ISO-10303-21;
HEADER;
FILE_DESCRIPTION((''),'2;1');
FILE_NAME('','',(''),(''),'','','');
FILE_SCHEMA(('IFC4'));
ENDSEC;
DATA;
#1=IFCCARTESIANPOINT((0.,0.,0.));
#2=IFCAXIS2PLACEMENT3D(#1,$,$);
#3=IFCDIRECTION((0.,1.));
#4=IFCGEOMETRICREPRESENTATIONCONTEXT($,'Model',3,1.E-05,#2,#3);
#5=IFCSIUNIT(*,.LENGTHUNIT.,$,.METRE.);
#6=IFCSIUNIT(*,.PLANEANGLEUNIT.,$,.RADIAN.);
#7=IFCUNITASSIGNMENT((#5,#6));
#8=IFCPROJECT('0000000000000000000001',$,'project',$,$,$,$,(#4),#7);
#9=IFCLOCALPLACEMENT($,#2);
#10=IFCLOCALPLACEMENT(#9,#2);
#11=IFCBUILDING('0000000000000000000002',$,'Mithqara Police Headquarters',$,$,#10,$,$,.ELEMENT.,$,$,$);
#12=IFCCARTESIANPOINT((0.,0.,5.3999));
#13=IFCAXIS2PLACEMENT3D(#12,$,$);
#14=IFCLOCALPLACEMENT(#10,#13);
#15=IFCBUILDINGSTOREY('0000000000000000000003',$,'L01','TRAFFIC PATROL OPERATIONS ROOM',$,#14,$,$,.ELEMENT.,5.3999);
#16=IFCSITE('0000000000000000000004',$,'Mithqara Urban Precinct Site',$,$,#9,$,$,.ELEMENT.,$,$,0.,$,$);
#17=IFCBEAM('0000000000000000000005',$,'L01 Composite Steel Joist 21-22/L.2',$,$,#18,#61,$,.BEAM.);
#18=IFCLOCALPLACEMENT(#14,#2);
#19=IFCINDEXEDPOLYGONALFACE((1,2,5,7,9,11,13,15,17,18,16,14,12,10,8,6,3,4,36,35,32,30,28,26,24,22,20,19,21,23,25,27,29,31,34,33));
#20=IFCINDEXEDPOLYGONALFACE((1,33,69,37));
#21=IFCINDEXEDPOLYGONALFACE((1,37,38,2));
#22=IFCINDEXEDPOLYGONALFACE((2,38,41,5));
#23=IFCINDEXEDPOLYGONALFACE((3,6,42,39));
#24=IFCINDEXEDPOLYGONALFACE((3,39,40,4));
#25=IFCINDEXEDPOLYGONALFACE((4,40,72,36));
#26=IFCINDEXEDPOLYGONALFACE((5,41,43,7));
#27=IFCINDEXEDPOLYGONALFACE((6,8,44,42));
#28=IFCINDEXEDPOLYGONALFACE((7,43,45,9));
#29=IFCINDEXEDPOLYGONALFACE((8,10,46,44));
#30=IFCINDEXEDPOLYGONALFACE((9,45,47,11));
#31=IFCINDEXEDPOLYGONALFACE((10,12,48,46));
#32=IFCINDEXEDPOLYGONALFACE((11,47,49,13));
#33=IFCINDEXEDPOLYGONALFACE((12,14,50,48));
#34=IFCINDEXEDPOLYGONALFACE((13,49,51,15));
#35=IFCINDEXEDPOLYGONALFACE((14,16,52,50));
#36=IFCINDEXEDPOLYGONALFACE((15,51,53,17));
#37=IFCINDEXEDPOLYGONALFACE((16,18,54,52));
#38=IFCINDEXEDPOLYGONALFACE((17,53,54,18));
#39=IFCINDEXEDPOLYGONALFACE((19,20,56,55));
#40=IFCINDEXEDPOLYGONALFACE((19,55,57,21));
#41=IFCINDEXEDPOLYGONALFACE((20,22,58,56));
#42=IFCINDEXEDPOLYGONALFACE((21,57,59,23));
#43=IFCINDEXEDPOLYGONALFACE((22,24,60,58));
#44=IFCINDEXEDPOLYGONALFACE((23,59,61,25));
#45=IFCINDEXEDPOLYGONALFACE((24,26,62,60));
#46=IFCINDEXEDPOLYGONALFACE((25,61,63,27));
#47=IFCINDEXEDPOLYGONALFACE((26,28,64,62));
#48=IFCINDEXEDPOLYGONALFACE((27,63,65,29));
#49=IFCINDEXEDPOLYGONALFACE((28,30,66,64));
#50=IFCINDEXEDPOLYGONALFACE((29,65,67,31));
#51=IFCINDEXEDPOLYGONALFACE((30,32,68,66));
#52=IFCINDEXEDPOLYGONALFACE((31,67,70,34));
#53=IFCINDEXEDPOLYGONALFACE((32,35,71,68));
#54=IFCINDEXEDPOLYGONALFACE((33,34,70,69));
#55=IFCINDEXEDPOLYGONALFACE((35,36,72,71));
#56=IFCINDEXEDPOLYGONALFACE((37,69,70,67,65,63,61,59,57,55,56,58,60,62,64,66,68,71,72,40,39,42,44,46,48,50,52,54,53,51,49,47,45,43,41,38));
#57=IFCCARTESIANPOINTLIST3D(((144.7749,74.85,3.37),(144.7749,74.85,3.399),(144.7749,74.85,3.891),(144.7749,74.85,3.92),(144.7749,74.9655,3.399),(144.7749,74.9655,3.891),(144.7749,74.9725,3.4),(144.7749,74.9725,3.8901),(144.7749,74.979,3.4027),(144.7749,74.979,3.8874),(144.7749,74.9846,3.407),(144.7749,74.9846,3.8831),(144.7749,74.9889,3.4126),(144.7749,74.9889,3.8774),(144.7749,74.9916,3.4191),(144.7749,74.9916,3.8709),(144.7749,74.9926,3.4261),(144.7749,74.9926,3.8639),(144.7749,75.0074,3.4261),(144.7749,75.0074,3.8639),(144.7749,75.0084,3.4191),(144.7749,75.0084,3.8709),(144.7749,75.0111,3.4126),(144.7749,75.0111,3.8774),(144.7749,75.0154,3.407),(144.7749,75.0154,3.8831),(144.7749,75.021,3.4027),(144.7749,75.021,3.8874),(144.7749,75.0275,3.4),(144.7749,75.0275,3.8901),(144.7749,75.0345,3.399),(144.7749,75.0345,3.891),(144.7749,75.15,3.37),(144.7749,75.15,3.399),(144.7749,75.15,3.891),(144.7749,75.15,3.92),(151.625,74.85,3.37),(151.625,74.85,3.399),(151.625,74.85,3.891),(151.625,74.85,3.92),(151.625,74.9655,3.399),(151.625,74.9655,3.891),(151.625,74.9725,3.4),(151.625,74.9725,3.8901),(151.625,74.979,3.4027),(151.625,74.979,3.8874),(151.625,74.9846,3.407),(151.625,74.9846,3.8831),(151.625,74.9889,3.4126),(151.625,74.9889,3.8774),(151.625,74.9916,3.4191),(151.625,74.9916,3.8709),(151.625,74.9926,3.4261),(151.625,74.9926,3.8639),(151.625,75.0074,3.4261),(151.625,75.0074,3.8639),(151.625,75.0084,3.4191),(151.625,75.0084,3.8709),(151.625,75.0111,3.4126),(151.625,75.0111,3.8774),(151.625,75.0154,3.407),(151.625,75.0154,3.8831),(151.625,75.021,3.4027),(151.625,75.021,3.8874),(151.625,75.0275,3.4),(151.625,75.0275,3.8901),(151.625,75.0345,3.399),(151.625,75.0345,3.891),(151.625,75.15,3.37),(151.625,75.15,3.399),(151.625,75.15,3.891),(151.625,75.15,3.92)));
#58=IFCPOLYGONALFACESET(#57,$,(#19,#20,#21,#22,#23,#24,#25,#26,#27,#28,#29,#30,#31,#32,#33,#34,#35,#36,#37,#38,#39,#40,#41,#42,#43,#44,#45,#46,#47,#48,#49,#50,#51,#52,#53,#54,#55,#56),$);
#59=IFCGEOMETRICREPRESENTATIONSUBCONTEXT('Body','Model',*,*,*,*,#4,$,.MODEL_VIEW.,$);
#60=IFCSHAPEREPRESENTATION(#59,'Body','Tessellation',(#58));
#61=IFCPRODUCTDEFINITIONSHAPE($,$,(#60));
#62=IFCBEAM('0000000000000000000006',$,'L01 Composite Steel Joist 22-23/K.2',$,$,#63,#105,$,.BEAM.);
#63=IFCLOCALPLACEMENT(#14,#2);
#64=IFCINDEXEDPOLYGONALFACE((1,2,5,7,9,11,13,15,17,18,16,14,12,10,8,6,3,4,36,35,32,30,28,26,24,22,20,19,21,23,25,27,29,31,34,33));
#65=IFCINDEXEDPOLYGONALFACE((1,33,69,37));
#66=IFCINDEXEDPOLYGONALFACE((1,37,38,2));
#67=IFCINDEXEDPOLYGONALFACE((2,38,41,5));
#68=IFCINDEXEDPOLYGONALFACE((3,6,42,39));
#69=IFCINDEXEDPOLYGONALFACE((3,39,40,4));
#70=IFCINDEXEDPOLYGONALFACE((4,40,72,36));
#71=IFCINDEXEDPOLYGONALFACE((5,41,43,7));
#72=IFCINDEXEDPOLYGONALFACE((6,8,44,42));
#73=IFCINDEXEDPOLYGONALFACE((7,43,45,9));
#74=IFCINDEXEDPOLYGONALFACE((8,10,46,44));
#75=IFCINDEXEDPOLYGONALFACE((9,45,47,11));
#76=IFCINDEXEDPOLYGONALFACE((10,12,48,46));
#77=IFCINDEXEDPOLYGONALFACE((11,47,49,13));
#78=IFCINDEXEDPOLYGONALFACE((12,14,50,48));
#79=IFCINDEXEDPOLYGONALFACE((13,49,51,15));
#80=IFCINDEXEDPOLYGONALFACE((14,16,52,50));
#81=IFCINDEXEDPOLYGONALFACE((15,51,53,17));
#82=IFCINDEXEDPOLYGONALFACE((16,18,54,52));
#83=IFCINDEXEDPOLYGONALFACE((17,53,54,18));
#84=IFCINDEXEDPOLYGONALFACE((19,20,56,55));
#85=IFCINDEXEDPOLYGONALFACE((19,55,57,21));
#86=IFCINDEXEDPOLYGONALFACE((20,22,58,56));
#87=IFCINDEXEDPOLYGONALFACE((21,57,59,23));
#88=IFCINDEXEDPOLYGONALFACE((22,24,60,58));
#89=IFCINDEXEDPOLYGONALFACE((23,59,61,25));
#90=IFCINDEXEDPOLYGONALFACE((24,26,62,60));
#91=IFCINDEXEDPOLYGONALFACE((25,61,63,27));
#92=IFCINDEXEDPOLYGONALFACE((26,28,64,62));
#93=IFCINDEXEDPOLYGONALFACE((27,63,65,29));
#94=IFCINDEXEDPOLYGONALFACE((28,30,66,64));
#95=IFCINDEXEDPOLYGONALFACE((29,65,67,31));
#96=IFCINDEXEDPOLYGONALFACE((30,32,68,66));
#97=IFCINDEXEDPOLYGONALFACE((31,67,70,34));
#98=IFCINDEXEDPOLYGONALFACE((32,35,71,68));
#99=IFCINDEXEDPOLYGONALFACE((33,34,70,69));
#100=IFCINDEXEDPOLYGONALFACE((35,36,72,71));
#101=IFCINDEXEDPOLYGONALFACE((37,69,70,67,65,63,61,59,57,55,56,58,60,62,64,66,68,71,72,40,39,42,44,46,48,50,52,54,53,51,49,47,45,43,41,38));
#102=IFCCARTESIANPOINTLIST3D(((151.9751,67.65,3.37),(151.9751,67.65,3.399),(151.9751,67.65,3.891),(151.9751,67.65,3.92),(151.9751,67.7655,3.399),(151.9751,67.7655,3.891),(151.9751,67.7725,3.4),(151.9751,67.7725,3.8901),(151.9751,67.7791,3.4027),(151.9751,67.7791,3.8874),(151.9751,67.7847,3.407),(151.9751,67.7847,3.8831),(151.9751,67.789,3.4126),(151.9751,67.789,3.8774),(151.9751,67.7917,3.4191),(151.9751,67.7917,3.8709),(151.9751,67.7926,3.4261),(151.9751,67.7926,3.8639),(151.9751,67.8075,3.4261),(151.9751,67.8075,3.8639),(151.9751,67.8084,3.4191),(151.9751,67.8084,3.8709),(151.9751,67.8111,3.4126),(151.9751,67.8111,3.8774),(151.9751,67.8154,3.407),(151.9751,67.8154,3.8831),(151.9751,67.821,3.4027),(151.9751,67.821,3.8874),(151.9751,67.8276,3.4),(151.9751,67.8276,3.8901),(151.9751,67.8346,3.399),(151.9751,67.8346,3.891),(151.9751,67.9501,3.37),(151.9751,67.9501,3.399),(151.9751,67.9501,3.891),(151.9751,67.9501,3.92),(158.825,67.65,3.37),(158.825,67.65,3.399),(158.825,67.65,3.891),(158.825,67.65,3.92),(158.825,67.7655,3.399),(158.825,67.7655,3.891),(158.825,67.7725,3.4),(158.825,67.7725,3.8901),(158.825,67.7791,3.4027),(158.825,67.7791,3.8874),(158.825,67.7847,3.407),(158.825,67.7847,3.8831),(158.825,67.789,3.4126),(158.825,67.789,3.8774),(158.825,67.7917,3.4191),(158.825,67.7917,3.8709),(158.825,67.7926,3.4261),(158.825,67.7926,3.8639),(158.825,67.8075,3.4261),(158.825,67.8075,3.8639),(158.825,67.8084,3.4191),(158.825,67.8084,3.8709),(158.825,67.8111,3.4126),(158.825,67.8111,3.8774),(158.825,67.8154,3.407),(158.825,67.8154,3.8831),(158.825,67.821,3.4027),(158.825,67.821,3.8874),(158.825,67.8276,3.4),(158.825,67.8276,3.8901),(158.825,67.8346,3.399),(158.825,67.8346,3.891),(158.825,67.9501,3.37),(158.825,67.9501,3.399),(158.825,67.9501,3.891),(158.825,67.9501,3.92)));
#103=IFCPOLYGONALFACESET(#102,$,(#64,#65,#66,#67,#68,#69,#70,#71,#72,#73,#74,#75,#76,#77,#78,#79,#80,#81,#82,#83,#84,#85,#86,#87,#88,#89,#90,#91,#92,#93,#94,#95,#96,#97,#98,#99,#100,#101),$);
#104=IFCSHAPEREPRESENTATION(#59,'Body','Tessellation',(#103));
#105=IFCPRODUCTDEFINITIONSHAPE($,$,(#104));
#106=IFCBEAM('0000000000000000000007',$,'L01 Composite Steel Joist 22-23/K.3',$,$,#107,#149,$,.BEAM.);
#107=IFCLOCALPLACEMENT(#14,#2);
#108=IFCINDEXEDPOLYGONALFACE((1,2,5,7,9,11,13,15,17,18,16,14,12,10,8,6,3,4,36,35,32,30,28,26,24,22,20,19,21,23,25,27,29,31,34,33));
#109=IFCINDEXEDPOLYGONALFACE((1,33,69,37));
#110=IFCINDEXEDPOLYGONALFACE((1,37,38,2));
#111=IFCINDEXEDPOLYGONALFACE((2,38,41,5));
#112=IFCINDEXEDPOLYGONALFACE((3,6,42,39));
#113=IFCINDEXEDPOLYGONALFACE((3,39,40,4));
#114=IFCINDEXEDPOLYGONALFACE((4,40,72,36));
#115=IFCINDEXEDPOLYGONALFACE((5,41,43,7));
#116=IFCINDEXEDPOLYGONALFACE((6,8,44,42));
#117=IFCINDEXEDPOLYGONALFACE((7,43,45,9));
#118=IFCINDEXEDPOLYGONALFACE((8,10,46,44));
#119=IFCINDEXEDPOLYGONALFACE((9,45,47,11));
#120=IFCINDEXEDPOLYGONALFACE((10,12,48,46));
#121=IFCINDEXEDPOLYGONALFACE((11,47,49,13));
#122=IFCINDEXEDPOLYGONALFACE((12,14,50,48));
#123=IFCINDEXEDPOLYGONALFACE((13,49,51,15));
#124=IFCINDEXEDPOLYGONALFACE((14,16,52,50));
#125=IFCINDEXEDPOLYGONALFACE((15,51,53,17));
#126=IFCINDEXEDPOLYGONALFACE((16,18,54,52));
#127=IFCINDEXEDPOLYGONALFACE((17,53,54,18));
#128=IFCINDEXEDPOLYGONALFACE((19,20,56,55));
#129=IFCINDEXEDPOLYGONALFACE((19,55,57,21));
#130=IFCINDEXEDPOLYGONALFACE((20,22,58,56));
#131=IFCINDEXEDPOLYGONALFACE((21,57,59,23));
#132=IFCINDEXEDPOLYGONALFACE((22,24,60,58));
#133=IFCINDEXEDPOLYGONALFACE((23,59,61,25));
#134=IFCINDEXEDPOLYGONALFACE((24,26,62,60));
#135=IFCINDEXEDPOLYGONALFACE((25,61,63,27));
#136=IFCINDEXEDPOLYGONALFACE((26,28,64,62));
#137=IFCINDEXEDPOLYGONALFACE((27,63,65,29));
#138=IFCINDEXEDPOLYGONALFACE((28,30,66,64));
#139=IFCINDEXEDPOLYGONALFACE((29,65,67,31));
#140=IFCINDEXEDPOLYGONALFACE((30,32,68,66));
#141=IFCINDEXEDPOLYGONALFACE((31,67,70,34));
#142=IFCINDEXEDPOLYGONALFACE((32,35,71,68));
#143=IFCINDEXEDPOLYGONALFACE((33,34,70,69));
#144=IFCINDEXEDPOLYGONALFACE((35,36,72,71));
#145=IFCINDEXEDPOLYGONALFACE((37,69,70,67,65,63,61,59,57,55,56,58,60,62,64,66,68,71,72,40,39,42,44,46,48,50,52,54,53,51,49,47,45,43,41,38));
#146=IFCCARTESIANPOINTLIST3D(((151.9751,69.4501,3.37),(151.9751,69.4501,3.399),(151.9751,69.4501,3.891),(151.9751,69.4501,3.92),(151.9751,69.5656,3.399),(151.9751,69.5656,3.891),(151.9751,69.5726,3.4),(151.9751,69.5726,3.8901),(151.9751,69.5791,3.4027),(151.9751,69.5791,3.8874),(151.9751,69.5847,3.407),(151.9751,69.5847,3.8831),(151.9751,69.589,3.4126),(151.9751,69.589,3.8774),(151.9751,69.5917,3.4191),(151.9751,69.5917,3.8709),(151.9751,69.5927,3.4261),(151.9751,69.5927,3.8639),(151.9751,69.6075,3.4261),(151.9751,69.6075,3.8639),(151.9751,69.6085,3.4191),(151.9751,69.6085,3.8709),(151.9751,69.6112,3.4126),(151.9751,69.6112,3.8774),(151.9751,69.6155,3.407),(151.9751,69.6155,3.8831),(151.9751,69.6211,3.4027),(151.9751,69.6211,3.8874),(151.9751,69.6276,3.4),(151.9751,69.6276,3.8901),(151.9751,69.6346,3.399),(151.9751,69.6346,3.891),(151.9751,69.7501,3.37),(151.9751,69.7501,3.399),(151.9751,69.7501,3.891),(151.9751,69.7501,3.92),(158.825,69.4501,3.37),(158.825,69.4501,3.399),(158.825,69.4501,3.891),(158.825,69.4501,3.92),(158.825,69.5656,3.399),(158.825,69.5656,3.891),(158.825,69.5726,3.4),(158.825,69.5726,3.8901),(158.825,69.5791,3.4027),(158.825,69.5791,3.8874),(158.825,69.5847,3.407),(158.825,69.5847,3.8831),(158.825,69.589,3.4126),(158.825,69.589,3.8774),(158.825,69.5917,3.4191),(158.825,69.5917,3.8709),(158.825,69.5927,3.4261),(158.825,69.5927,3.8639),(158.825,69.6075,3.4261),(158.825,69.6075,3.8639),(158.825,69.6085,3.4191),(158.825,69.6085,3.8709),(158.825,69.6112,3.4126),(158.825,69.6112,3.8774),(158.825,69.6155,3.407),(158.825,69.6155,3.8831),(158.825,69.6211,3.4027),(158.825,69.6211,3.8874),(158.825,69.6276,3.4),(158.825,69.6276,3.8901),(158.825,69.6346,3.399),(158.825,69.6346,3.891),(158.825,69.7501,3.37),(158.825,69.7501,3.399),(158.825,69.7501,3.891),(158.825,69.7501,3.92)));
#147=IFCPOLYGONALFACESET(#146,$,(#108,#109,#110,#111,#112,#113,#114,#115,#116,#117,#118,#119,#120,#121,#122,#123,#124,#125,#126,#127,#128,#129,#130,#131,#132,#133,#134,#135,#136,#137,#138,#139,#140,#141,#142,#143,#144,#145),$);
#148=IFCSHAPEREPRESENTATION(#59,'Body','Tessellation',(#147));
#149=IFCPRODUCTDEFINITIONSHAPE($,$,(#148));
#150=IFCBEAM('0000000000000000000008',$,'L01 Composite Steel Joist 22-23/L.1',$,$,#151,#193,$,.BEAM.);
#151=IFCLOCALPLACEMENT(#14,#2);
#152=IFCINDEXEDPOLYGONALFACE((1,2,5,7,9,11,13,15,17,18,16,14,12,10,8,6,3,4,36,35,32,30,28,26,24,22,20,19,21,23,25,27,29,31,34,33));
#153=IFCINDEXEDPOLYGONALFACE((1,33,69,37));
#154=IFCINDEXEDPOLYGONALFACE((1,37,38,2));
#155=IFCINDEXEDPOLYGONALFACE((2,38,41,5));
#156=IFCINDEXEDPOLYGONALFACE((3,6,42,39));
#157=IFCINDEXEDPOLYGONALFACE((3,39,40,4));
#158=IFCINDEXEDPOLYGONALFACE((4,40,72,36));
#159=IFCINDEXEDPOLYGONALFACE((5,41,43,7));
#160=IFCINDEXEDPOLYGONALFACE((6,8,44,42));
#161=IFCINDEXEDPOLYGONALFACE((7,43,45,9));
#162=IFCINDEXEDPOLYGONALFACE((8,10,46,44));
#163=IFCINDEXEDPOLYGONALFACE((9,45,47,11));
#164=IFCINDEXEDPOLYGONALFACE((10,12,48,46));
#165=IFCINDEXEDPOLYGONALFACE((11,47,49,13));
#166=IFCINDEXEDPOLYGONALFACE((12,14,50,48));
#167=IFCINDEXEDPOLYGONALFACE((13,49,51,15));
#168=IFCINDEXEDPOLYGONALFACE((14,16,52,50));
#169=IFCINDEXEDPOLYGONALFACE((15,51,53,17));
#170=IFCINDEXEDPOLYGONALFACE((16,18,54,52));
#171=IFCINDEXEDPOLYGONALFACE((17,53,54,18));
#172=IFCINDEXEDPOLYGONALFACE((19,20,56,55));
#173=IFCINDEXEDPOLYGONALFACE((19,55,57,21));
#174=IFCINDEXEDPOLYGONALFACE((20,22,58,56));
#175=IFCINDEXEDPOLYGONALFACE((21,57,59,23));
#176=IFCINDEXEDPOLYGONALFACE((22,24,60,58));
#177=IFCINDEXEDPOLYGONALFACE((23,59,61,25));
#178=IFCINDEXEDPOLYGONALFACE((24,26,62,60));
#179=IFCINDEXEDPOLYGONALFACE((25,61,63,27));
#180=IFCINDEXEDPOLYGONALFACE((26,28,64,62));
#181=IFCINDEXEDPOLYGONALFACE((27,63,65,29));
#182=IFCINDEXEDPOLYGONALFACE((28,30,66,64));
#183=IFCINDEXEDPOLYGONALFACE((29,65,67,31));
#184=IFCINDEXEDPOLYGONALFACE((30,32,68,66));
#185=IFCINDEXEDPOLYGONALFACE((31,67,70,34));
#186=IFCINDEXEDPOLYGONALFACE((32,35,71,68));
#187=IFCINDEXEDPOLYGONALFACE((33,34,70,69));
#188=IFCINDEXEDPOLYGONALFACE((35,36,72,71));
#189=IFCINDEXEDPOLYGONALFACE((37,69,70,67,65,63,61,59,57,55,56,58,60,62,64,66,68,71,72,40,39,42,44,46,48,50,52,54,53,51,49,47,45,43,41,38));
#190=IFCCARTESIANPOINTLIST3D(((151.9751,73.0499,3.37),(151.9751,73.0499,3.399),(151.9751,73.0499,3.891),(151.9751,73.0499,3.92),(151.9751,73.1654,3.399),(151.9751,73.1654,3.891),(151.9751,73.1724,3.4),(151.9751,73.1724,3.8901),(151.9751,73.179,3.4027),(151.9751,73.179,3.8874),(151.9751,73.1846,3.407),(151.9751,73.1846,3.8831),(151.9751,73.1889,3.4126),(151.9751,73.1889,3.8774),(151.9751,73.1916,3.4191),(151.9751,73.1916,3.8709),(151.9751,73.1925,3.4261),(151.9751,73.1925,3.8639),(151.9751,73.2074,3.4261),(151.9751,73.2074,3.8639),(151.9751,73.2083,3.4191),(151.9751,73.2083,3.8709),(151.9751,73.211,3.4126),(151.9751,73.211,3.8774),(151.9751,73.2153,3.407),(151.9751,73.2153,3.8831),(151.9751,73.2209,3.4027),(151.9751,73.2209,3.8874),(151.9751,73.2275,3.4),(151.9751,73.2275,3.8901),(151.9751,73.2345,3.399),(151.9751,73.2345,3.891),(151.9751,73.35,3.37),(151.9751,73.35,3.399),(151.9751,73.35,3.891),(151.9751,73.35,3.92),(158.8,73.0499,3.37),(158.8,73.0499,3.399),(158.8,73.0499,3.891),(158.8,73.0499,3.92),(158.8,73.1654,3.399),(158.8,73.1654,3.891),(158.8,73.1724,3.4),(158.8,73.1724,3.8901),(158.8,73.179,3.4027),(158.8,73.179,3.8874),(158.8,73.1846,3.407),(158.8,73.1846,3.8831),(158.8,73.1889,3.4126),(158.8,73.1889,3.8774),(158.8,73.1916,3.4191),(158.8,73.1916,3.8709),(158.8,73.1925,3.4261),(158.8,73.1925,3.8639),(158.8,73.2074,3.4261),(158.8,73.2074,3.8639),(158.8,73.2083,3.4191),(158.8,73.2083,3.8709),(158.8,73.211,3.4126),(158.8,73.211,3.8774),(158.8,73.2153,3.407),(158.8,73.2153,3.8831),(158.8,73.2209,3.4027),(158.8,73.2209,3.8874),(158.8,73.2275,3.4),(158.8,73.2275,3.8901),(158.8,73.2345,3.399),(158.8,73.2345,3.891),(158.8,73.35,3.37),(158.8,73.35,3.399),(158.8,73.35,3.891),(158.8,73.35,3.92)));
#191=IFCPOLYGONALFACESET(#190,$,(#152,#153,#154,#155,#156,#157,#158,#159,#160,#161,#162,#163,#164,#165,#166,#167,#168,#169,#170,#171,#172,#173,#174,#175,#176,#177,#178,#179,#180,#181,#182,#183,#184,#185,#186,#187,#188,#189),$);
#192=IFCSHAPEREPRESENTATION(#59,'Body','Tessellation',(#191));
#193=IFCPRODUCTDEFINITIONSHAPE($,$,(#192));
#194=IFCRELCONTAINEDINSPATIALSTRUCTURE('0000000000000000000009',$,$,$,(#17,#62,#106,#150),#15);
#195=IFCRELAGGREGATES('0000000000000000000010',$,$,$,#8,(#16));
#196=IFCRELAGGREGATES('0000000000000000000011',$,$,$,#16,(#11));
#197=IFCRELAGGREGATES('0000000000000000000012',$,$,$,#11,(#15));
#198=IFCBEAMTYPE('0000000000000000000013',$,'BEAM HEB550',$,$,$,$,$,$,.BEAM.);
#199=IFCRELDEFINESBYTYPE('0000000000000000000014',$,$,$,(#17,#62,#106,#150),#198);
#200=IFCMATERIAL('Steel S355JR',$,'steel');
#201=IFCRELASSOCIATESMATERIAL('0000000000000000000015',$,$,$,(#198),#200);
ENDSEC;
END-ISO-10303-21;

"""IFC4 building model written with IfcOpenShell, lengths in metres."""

from ifc_helpers import new_model, si_unit, direction, frame, origin, origin_2d, place, context, subcontext, project, spatial, i_section, extrude, material, material_profile, profile_set, type_object, element, save


model = new_model("IFC4")

# Units and contexts
model_context = context("Model", 3, precision=1e-05, world=origin(), true_north=direction((0.0, 1.0)))
body_context = subcontext(model_context, "Body", "Model", "MODEL_VIEW")
ifc_project = project(units=[si_unit("LENGTHUNIT", "METRE"), si_unit("PLANEANGLEUNIT", "RADIAN")], contexts=[model_context])

# Site, building, storey
site_placement = place(None, origin())
site = spatial("IfcSite", under=ifc_project, at=site_placement, Name="Mithqara Urban Precinct Site", CompositionType="ELEMENT", RefElevation=0.0)
building_placement = place(site_placement, origin())
building = spatial("IfcBuilding", under=site, at=building_placement, Name="Mithqara Police Headquarters", CompositionType="ELEMENT")
storey_placement = place(building_placement, frame((0.0, 0.0, 5.3999)))
storey = spatial("IfcBuildingStorey", under=building, at=storey_placement, Name="L01", Description="TRAFFIC PATROL OPERATIONS ROOM", CompositionType="ELEMENT", Elevation=5.3999)

# Beams
ifc_material_1 = material(Name="Steel S355JR", Category="steel")
ifc_material_profile_1 = material_profile(ifc_material_1, i_section(OverallWidth=0.3, OverallDepth=0.55, WebThickness=0.0149, FlangeThickness=0.0291, FilletRadius=0.0271, at=origin_2d()), Name="HEB 550")
ifc_profile_set_1 = profile_set([ifc_material_profile_1], Name="Steel S355JR")
beam_type_1 = type_object("IfcBeamType", Name="BEAM HEB550", PredefinedType="BEAM", material=ifc_profile_set_1)
for number, where, z_axis, x_axis, name in (
    (1, (144.7749, 75.0, 3.645), (1.0, 0.0, 0.0), (0.0, 1.0, 0.0), "L01 Composite Steel Joist 21-22/L.2"),
):
    element("IfcBeam", number, at=place(storey_placement, frame(where, z_axis=z_axis, x_axis=x_axis)), inside=storey, type_object=beam_type_1, Name=name, PredefinedType="BEAM", context=body_context, shape_type="SweptSolid", body=[
        extrude(i_section(OverallWidth=0.3, OverallDepth=0.55, WebThickness=0.0149, FlangeThickness=0.0291, FilletRadius=0.0271, at=origin_2d()), origin(), (0.0, 0.0, 1.0), 6.8501),
    ])
for number, where, z_axis, x_axis, name in (
    (2, (151.9751, 67.8, 3.645), (1.0, 0.0, 0.0), (0.0, 1.0, 0.0), "L01 Composite Steel Joist 22-23/K.2"),
    (3, (151.9751, 69.6001, 3.645), (1.0, 0.0, 0.0), (0.0, 1.0, 0.0), "L01 Composite Steel Joist 22-23/K.3"),
):
    element("IfcBeam", number, at=place(storey_placement, frame(where, z_axis=z_axis, x_axis=x_axis)), inside=storey, type_object=beam_type_1, Name=name, PredefinedType="BEAM", context=body_context, shape_type="SweptSolid", body=[
        extrude(i_section(OverallWidth=0.3, OverallDepth=0.55, WebThickness=0.0149, FlangeThickness=0.0291, FilletRadius=0.0271, at=origin_2d()), origin(), (0.0, 0.0, 1.0), 6.8499),
    ])
for number, where, z_axis, x_axis, name in (
    (4, (151.9751, 73.2, 3.645), (1.0, 0.0, 0.0), (0.0, 1.0, 0.0), "L01 Composite Steel Joist 22-23/L.1"),
):
    element("IfcBeam", number, at=place(storey_placement, frame(where, z_axis=z_axis, x_axis=x_axis)), inside=storey, type_object=beam_type_1, Name=name, PredefinedType="BEAM", context=body_context, shape_type="SweptSolid", body=[
        extrude(i_section(OverallWidth=0.3, OverallDepth=0.55, WebThickness=0.0149, FlangeThickness=0.0291, FilletRadius=0.0271, at=origin_2d()), origin(), (0.0, 0.0, 1.0), 6.825),
    ])

save(model, "model.ifc")
